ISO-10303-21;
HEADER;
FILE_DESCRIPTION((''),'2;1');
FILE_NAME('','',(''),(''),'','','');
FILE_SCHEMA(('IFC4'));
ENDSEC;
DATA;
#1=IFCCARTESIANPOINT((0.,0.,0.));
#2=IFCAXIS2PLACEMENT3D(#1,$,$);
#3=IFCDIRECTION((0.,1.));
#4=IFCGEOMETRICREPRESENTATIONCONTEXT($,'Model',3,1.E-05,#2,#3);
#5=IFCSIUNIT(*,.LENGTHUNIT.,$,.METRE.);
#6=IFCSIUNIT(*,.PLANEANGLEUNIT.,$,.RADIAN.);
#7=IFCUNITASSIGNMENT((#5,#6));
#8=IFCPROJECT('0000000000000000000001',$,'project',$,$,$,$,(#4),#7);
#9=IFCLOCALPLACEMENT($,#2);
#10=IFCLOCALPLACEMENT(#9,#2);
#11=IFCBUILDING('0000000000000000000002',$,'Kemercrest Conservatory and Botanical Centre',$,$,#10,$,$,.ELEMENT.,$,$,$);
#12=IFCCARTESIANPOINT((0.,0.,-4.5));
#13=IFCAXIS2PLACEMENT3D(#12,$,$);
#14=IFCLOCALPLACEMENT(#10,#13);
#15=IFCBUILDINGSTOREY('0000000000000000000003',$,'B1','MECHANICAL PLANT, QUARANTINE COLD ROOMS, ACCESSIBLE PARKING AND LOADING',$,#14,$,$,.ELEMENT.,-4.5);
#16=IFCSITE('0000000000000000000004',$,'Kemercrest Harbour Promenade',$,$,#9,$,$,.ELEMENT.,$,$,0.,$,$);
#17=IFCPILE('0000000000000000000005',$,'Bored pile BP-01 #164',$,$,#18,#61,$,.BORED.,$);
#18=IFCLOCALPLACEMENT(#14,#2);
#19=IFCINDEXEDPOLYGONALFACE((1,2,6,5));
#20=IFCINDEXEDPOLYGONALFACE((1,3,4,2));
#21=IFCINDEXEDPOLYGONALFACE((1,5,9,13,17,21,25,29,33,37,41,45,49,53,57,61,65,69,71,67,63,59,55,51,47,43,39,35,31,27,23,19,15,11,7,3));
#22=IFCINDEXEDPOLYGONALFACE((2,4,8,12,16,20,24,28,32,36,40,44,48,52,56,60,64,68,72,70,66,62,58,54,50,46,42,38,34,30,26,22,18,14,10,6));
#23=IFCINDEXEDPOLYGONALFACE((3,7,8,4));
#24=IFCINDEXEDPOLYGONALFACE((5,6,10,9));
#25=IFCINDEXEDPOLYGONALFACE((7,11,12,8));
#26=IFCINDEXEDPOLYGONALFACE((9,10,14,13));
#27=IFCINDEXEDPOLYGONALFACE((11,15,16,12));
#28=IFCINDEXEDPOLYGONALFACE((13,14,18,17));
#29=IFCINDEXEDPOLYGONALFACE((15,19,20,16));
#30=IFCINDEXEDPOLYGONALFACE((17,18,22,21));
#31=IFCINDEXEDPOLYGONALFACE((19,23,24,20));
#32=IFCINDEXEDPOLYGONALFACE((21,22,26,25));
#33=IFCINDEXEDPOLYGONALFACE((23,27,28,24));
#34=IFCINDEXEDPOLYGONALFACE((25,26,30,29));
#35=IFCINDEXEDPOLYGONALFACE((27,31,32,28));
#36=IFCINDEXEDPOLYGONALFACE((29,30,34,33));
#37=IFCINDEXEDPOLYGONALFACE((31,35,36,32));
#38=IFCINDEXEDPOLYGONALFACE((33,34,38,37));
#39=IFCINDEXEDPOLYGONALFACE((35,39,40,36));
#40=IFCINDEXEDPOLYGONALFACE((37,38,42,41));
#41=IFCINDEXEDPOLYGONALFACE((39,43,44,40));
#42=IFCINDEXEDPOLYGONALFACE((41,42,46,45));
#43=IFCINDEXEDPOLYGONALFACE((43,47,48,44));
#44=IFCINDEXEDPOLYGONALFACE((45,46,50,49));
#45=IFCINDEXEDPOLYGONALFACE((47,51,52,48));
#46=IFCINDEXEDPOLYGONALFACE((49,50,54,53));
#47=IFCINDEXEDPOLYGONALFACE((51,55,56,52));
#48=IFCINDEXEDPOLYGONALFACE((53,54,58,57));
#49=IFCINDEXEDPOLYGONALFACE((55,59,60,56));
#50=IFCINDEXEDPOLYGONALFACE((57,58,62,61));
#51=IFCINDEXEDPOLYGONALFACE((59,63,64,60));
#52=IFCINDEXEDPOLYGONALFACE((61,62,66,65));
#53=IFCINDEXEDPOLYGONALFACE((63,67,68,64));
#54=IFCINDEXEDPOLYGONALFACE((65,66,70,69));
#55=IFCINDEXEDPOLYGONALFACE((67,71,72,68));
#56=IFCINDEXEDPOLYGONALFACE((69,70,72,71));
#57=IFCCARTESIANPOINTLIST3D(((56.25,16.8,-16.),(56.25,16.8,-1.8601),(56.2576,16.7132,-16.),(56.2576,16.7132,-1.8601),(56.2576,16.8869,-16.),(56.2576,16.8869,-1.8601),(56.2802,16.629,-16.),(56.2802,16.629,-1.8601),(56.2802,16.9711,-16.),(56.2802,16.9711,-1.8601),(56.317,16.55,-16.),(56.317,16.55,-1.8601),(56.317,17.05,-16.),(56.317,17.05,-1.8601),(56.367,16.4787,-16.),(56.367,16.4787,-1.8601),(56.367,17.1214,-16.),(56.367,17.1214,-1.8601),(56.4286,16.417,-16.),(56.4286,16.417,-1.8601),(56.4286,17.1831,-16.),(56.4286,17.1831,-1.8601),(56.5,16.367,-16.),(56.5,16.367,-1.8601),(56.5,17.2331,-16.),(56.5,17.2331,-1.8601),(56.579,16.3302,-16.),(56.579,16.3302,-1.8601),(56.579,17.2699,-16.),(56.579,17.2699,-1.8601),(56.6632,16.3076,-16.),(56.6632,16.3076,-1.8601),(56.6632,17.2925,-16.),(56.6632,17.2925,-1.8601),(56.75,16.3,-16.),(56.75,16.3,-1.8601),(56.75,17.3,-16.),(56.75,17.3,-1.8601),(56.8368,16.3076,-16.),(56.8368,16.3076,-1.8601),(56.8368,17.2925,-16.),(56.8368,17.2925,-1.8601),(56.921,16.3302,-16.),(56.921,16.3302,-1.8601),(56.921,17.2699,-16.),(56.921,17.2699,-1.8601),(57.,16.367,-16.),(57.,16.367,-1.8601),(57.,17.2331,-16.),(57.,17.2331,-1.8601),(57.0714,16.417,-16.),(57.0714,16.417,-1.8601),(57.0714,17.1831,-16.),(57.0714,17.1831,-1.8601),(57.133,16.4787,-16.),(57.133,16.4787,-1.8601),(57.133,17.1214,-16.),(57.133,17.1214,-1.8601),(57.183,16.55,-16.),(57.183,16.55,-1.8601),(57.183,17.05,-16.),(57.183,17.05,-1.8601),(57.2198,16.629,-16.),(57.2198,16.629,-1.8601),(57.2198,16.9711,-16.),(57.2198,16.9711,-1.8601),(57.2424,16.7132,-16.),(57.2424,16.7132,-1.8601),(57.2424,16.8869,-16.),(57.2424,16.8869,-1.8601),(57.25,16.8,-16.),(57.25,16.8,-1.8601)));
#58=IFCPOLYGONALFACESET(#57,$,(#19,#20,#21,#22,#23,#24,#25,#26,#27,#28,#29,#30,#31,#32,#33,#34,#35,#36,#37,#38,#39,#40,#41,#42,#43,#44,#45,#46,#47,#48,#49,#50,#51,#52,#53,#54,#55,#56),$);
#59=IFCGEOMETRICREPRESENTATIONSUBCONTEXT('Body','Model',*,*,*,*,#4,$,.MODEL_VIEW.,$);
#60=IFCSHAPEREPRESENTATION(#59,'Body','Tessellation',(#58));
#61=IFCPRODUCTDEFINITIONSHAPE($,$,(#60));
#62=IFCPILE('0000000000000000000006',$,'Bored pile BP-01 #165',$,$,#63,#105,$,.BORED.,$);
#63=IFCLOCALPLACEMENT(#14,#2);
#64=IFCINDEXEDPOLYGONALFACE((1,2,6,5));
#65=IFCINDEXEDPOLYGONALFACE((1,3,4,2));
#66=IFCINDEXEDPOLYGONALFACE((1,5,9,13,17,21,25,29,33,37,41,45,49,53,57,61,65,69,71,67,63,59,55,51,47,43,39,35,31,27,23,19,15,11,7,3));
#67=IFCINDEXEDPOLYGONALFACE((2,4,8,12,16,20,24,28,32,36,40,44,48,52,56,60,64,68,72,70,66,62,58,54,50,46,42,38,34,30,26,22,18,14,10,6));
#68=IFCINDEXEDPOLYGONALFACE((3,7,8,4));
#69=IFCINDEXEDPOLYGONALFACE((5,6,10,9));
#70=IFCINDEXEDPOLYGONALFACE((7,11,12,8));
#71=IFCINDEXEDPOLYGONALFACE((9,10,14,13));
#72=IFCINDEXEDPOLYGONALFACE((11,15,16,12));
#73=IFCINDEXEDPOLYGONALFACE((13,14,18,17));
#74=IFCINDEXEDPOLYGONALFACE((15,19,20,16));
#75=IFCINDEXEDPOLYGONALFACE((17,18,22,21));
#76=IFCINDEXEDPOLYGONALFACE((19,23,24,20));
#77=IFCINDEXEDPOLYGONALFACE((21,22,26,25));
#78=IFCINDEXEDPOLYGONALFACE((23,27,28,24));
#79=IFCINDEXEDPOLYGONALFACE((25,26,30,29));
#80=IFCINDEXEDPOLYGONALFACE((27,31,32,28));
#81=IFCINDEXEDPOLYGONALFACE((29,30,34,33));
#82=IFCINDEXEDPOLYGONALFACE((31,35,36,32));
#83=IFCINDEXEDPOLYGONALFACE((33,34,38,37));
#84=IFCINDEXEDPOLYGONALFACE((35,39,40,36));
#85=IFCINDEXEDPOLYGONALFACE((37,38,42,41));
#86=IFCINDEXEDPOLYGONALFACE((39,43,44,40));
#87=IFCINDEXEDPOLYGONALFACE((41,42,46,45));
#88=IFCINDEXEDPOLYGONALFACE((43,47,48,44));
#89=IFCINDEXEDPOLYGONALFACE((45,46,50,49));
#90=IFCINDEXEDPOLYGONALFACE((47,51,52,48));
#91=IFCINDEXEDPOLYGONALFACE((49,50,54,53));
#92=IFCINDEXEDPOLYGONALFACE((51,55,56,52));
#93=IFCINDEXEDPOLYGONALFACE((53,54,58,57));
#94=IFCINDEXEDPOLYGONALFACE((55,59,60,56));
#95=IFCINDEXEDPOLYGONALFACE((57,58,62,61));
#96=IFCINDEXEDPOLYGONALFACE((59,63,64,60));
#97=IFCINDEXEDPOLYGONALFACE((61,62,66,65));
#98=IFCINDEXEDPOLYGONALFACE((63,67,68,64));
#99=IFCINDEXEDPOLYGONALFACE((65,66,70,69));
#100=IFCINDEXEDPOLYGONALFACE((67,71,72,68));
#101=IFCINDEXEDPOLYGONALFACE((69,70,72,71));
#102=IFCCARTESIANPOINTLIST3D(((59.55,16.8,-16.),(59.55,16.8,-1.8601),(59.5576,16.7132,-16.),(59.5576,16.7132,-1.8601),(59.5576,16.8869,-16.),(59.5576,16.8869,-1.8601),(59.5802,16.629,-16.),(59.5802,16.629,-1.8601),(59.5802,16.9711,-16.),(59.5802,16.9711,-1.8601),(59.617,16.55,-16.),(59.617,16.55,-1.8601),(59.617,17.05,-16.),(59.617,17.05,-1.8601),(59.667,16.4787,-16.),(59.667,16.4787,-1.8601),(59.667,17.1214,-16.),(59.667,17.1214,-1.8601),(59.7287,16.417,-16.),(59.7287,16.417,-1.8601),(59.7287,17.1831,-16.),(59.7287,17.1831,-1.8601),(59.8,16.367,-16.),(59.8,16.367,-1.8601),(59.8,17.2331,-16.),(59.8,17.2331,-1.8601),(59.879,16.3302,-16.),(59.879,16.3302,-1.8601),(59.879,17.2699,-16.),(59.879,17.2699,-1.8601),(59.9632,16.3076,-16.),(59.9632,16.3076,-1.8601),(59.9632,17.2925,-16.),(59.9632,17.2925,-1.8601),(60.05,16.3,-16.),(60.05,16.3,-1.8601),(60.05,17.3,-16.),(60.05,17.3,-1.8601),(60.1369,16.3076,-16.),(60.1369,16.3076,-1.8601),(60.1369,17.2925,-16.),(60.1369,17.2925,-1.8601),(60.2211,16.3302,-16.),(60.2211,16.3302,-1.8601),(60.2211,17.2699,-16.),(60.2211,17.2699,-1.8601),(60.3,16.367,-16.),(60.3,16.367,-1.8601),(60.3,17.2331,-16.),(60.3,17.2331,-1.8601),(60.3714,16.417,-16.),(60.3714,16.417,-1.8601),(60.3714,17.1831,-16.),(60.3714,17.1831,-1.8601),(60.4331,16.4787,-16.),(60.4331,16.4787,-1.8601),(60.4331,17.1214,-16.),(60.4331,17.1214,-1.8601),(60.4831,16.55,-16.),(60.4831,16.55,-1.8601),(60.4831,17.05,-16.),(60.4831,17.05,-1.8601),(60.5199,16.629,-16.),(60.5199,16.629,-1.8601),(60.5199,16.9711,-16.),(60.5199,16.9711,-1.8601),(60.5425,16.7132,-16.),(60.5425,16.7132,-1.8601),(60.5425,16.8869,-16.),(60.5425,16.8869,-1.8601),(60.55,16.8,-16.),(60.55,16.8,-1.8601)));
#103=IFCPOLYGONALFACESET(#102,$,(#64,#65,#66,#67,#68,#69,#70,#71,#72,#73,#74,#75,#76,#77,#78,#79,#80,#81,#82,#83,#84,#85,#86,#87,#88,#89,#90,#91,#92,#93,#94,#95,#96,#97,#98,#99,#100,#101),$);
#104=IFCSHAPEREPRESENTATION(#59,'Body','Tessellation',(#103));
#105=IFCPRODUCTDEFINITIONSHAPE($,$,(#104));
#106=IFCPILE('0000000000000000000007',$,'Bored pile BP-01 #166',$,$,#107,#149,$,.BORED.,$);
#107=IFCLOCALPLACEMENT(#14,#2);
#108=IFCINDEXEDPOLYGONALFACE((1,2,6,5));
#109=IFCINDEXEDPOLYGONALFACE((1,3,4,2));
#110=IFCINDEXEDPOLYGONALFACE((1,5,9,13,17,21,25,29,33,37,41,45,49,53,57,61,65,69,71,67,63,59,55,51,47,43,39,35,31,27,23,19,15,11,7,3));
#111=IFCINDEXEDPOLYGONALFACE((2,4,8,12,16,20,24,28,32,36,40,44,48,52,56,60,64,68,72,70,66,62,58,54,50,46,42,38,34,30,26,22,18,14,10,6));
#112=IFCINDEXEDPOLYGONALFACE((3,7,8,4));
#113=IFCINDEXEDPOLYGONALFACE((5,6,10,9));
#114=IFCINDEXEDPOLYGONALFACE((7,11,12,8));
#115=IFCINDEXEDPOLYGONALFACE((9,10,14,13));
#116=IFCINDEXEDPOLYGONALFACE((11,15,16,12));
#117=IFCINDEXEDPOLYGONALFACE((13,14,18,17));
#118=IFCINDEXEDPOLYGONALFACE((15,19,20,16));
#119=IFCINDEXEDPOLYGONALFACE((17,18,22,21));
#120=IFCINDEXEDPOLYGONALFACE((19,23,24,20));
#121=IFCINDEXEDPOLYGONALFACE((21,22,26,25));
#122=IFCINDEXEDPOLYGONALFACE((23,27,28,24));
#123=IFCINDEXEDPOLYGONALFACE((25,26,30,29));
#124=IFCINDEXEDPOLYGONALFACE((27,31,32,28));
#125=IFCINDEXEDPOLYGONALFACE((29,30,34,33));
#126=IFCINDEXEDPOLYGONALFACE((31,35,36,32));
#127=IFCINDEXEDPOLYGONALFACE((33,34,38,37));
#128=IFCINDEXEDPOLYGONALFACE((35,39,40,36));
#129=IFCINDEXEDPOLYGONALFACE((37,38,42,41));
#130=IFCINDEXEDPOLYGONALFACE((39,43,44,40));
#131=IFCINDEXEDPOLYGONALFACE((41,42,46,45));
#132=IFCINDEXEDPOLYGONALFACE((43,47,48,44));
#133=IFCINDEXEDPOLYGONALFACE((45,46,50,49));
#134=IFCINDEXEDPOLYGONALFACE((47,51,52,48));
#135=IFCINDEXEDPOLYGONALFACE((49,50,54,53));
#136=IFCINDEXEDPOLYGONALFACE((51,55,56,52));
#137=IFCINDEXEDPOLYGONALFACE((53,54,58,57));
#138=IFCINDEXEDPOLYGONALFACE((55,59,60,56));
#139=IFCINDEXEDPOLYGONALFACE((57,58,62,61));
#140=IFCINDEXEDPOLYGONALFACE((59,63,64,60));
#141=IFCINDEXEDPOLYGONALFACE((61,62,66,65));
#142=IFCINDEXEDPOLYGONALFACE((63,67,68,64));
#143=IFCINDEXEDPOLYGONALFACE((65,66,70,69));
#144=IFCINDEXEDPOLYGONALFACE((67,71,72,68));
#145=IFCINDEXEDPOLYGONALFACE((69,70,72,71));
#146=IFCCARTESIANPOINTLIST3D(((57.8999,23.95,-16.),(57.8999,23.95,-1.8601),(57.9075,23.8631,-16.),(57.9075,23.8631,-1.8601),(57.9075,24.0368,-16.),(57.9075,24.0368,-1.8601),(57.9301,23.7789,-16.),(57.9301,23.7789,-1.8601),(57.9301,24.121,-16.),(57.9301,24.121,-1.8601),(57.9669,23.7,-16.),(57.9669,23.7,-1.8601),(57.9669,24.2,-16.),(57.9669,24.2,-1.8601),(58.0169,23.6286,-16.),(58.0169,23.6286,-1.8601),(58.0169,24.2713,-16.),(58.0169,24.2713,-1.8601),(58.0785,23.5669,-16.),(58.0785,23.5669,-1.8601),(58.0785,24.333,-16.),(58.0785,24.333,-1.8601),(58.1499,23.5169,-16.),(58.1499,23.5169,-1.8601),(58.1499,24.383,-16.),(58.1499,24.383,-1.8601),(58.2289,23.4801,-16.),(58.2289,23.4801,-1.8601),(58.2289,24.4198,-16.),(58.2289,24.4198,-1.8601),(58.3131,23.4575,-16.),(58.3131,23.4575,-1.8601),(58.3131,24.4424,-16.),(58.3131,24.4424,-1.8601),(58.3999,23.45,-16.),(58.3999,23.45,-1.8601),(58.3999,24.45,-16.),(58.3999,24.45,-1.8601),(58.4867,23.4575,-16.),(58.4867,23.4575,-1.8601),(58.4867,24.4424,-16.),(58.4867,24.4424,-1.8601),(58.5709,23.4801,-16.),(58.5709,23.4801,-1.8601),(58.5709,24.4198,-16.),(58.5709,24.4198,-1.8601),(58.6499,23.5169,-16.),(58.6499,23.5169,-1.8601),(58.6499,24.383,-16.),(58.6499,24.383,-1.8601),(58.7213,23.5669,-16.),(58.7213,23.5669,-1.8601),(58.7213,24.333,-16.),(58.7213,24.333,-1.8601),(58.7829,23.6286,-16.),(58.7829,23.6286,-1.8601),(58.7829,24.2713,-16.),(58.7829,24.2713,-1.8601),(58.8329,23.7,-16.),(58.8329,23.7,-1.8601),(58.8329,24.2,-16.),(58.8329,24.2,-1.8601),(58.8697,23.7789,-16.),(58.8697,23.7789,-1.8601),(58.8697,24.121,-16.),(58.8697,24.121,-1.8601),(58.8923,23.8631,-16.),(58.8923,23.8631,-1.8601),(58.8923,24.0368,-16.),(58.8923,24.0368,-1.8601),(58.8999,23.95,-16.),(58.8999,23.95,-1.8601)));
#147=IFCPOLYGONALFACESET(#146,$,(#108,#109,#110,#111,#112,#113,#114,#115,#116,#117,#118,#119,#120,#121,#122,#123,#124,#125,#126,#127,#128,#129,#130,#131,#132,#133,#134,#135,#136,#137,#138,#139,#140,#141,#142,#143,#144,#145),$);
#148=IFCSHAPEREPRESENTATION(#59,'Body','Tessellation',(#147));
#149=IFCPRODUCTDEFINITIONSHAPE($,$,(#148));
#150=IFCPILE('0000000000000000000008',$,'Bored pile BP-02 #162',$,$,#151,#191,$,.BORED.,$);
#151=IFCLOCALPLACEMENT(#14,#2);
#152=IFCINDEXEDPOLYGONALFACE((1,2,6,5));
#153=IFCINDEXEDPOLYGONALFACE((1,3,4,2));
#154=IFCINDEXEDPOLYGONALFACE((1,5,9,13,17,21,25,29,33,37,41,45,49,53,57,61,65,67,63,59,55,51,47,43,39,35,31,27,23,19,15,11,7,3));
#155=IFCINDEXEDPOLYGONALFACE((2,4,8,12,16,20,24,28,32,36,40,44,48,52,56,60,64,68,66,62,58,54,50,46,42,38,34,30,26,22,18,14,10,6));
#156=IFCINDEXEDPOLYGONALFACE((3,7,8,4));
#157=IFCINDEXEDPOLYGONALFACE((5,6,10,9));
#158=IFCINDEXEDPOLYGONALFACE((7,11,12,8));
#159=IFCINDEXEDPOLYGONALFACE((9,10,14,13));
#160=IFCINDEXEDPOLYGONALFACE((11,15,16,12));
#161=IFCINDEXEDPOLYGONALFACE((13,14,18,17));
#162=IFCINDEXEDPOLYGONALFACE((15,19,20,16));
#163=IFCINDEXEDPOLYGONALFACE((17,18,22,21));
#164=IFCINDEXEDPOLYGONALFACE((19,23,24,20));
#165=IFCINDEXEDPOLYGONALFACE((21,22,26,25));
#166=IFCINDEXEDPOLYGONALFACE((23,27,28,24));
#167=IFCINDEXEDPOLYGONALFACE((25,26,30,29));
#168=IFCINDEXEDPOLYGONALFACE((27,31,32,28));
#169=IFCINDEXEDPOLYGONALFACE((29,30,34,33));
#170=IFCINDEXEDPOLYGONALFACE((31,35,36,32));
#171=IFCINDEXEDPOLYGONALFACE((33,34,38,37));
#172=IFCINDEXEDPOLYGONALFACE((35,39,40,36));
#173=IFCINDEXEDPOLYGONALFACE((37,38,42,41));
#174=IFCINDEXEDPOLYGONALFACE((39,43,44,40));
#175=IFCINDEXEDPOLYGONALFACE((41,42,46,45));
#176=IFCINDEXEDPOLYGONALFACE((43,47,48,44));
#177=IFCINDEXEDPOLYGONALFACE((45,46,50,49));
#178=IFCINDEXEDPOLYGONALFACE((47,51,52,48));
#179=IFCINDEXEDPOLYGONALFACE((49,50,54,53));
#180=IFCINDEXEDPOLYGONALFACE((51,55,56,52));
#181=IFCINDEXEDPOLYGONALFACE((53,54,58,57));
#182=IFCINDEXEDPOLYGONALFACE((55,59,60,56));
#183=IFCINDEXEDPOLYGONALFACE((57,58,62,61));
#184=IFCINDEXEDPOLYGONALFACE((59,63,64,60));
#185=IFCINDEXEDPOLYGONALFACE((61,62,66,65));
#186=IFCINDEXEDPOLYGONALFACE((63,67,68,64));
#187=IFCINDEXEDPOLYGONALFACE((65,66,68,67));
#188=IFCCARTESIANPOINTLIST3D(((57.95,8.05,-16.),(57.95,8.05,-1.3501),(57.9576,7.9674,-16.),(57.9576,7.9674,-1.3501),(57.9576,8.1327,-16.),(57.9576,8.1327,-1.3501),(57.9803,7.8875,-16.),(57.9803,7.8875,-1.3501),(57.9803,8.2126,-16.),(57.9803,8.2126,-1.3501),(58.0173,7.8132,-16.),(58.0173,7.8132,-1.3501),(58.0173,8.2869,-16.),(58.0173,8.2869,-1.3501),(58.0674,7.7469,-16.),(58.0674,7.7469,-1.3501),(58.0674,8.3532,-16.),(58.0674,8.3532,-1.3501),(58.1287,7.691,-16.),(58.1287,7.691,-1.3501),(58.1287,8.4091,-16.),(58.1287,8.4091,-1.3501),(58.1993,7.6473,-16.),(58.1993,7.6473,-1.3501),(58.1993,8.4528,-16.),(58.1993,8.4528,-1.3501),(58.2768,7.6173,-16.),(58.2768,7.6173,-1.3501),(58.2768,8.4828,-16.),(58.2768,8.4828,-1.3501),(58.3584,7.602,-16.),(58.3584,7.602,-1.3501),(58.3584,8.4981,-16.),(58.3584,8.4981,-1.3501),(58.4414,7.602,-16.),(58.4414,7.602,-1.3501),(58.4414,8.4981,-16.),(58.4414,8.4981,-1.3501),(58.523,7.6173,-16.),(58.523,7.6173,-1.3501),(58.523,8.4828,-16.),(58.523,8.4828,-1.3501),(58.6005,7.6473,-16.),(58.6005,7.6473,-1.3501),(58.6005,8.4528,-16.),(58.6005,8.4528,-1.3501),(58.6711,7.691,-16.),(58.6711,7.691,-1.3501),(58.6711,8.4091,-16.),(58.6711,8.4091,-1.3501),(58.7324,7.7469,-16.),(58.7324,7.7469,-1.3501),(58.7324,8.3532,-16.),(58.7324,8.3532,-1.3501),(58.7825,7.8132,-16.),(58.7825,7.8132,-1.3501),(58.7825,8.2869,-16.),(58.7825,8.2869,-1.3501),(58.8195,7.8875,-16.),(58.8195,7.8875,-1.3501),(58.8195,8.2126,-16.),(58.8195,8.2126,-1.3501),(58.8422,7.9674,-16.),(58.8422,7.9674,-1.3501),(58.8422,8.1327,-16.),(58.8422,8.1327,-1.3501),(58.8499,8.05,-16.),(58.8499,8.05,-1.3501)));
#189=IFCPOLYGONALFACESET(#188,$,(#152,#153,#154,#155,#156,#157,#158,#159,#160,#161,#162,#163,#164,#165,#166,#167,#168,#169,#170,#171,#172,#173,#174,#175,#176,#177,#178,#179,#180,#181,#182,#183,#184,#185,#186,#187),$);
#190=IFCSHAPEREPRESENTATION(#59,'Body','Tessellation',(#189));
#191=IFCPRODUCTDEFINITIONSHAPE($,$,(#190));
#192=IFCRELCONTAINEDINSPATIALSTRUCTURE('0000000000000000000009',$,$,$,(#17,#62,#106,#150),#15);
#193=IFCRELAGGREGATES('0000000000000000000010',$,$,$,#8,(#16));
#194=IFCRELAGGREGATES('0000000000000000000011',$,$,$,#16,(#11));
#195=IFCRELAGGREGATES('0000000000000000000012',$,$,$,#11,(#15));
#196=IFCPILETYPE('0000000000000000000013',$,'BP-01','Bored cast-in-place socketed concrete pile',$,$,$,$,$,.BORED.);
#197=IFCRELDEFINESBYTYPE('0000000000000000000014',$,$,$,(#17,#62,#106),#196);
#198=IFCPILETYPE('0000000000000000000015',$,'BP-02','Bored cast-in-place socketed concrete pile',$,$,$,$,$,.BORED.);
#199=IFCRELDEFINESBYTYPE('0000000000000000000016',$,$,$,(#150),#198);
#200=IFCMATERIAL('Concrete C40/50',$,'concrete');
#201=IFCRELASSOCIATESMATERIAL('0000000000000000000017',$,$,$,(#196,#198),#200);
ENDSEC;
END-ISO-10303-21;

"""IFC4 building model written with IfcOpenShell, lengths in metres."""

from ifc_helpers import new_model, si_unit, direction, frame, origin, origin_2d, place, context, subcontext, project, spatial, circle, extrude, material, material_profile, profile_set, type_object, element, save


model = new_model("IFC4")

# Units and contexts
model_context = context("Model", 3, precision=1e-05, world=origin(), true_north=direction((0.0, 1.0)))
body_context = subcontext(model_context, "Body", "Model", "MODEL_VIEW")
ifc_project = project(units=[si_unit("LENGTHUNIT", "METRE"), si_unit("PLANEANGLEUNIT", "RADIAN")], contexts=[model_context])

# Site, building, storey
site_placement = place(None, origin())
site = spatial("IfcSite", under=ifc_project, at=site_placement, Name="Kemercrest Harbour Promenade", CompositionType="ELEMENT", RefElevation=0.0)
building_placement = place(site_placement, origin())
building = spatial("IfcBuilding", under=site, at=building_placement, Name="Kemercrest Conservatory and Botanical Centre", CompositionType="ELEMENT")
storey_placement = place(building_placement, frame((0.0, 0.0, -4.5)))
storey = spatial("IfcBuildingStorey", under=building, at=storey_placement, Name="B1", Description="MECHANICAL PLANT, QUARANTINE COLD ROOMS, ACCESSIBLE PARKING AND LOADING", CompositionType="ELEMENT", Elevation=-4.5)

# Piles
ifc_material_1 = material(Name="Concrete C40/50", Category="concrete")
ifc_material_profile_1 = material_profile(ifc_material_1, circle(Radius=0.5, at=origin_2d()), Name="BORED PILE 1000")
ifc_profile_set_1 = profile_set([ifc_material_profile_1], Name="Concrete C40/50")
pile_type_1 = type_object("IfcPileType", Name="BP-01", Description="Bored cast-in-place socketed concrete pile", PredefinedType="BORED", material=ifc_profile_set_1)
for number, where, z_axis, x_axis, name in (
    (1, (56.75, 16.8, -1.8601), (0.0, 0.0, -1.0), (1.0, 0.0, 0.0), "Bored pile BP-01 #164"),
    (2, (60.05, 16.8, -1.8601), (0.0, 0.0, -1.0), (1.0, 0.0, 0.0), "Bored pile BP-01 #165"),
    (3, (58.3999, 23.95, -1.8601), (0.0, 0.0, -1.0), (1.0, 0.0, 0.0), "Bored pile BP-01 #166"),
):
    element("IfcPile", number, at=place(storey_placement, frame(where, z_axis=z_axis, x_axis=x_axis)), inside=storey, type_object=pile_type_1, Name=name, PredefinedType="BORED", context=body_context, shape_type="SweptSolid", body=[
        extrude(circle(Radius=0.5, at=origin_2d()), origin(), (0.0, 0.0, 1.0), 14.1399),
    ])
ifc_material_profile_2 = material_profile(ifc_material_1, circle(Radius=0.45, at=origin_2d()), Name="BORED PILE 900")
ifc_profile_set_2 = profile_set([ifc_material_profile_2], Name="Concrete C40/50")
pile_type_2 = type_object("IfcPileType", Name="BP-02", Description="Bored cast-in-place socketed concrete pile", PredefinedType="BORED", material=ifc_profile_set_2)
for number, where, z_axis, x_axis, name in (
    (4, (58.3999, 8.05, -1.3501), (0.0, 0.0, -1.0), (1.0, 0.0, 0.0), "Bored pile BP-02 #162"),
):
    element("IfcPile", number, at=place(storey_placement, frame(where, z_axis=z_axis, x_axis=x_axis)), inside=storey, type_object=pile_type_2, Name=name, PredefinedType="BORED", context=body_context, shape_type="SweptSolid", body=[
        extrude(circle(Radius=0.45, at=origin_2d()), origin(), (0.0, 0.0, 1.0), 14.6499),
    ])

save(model, "model.ifc")
